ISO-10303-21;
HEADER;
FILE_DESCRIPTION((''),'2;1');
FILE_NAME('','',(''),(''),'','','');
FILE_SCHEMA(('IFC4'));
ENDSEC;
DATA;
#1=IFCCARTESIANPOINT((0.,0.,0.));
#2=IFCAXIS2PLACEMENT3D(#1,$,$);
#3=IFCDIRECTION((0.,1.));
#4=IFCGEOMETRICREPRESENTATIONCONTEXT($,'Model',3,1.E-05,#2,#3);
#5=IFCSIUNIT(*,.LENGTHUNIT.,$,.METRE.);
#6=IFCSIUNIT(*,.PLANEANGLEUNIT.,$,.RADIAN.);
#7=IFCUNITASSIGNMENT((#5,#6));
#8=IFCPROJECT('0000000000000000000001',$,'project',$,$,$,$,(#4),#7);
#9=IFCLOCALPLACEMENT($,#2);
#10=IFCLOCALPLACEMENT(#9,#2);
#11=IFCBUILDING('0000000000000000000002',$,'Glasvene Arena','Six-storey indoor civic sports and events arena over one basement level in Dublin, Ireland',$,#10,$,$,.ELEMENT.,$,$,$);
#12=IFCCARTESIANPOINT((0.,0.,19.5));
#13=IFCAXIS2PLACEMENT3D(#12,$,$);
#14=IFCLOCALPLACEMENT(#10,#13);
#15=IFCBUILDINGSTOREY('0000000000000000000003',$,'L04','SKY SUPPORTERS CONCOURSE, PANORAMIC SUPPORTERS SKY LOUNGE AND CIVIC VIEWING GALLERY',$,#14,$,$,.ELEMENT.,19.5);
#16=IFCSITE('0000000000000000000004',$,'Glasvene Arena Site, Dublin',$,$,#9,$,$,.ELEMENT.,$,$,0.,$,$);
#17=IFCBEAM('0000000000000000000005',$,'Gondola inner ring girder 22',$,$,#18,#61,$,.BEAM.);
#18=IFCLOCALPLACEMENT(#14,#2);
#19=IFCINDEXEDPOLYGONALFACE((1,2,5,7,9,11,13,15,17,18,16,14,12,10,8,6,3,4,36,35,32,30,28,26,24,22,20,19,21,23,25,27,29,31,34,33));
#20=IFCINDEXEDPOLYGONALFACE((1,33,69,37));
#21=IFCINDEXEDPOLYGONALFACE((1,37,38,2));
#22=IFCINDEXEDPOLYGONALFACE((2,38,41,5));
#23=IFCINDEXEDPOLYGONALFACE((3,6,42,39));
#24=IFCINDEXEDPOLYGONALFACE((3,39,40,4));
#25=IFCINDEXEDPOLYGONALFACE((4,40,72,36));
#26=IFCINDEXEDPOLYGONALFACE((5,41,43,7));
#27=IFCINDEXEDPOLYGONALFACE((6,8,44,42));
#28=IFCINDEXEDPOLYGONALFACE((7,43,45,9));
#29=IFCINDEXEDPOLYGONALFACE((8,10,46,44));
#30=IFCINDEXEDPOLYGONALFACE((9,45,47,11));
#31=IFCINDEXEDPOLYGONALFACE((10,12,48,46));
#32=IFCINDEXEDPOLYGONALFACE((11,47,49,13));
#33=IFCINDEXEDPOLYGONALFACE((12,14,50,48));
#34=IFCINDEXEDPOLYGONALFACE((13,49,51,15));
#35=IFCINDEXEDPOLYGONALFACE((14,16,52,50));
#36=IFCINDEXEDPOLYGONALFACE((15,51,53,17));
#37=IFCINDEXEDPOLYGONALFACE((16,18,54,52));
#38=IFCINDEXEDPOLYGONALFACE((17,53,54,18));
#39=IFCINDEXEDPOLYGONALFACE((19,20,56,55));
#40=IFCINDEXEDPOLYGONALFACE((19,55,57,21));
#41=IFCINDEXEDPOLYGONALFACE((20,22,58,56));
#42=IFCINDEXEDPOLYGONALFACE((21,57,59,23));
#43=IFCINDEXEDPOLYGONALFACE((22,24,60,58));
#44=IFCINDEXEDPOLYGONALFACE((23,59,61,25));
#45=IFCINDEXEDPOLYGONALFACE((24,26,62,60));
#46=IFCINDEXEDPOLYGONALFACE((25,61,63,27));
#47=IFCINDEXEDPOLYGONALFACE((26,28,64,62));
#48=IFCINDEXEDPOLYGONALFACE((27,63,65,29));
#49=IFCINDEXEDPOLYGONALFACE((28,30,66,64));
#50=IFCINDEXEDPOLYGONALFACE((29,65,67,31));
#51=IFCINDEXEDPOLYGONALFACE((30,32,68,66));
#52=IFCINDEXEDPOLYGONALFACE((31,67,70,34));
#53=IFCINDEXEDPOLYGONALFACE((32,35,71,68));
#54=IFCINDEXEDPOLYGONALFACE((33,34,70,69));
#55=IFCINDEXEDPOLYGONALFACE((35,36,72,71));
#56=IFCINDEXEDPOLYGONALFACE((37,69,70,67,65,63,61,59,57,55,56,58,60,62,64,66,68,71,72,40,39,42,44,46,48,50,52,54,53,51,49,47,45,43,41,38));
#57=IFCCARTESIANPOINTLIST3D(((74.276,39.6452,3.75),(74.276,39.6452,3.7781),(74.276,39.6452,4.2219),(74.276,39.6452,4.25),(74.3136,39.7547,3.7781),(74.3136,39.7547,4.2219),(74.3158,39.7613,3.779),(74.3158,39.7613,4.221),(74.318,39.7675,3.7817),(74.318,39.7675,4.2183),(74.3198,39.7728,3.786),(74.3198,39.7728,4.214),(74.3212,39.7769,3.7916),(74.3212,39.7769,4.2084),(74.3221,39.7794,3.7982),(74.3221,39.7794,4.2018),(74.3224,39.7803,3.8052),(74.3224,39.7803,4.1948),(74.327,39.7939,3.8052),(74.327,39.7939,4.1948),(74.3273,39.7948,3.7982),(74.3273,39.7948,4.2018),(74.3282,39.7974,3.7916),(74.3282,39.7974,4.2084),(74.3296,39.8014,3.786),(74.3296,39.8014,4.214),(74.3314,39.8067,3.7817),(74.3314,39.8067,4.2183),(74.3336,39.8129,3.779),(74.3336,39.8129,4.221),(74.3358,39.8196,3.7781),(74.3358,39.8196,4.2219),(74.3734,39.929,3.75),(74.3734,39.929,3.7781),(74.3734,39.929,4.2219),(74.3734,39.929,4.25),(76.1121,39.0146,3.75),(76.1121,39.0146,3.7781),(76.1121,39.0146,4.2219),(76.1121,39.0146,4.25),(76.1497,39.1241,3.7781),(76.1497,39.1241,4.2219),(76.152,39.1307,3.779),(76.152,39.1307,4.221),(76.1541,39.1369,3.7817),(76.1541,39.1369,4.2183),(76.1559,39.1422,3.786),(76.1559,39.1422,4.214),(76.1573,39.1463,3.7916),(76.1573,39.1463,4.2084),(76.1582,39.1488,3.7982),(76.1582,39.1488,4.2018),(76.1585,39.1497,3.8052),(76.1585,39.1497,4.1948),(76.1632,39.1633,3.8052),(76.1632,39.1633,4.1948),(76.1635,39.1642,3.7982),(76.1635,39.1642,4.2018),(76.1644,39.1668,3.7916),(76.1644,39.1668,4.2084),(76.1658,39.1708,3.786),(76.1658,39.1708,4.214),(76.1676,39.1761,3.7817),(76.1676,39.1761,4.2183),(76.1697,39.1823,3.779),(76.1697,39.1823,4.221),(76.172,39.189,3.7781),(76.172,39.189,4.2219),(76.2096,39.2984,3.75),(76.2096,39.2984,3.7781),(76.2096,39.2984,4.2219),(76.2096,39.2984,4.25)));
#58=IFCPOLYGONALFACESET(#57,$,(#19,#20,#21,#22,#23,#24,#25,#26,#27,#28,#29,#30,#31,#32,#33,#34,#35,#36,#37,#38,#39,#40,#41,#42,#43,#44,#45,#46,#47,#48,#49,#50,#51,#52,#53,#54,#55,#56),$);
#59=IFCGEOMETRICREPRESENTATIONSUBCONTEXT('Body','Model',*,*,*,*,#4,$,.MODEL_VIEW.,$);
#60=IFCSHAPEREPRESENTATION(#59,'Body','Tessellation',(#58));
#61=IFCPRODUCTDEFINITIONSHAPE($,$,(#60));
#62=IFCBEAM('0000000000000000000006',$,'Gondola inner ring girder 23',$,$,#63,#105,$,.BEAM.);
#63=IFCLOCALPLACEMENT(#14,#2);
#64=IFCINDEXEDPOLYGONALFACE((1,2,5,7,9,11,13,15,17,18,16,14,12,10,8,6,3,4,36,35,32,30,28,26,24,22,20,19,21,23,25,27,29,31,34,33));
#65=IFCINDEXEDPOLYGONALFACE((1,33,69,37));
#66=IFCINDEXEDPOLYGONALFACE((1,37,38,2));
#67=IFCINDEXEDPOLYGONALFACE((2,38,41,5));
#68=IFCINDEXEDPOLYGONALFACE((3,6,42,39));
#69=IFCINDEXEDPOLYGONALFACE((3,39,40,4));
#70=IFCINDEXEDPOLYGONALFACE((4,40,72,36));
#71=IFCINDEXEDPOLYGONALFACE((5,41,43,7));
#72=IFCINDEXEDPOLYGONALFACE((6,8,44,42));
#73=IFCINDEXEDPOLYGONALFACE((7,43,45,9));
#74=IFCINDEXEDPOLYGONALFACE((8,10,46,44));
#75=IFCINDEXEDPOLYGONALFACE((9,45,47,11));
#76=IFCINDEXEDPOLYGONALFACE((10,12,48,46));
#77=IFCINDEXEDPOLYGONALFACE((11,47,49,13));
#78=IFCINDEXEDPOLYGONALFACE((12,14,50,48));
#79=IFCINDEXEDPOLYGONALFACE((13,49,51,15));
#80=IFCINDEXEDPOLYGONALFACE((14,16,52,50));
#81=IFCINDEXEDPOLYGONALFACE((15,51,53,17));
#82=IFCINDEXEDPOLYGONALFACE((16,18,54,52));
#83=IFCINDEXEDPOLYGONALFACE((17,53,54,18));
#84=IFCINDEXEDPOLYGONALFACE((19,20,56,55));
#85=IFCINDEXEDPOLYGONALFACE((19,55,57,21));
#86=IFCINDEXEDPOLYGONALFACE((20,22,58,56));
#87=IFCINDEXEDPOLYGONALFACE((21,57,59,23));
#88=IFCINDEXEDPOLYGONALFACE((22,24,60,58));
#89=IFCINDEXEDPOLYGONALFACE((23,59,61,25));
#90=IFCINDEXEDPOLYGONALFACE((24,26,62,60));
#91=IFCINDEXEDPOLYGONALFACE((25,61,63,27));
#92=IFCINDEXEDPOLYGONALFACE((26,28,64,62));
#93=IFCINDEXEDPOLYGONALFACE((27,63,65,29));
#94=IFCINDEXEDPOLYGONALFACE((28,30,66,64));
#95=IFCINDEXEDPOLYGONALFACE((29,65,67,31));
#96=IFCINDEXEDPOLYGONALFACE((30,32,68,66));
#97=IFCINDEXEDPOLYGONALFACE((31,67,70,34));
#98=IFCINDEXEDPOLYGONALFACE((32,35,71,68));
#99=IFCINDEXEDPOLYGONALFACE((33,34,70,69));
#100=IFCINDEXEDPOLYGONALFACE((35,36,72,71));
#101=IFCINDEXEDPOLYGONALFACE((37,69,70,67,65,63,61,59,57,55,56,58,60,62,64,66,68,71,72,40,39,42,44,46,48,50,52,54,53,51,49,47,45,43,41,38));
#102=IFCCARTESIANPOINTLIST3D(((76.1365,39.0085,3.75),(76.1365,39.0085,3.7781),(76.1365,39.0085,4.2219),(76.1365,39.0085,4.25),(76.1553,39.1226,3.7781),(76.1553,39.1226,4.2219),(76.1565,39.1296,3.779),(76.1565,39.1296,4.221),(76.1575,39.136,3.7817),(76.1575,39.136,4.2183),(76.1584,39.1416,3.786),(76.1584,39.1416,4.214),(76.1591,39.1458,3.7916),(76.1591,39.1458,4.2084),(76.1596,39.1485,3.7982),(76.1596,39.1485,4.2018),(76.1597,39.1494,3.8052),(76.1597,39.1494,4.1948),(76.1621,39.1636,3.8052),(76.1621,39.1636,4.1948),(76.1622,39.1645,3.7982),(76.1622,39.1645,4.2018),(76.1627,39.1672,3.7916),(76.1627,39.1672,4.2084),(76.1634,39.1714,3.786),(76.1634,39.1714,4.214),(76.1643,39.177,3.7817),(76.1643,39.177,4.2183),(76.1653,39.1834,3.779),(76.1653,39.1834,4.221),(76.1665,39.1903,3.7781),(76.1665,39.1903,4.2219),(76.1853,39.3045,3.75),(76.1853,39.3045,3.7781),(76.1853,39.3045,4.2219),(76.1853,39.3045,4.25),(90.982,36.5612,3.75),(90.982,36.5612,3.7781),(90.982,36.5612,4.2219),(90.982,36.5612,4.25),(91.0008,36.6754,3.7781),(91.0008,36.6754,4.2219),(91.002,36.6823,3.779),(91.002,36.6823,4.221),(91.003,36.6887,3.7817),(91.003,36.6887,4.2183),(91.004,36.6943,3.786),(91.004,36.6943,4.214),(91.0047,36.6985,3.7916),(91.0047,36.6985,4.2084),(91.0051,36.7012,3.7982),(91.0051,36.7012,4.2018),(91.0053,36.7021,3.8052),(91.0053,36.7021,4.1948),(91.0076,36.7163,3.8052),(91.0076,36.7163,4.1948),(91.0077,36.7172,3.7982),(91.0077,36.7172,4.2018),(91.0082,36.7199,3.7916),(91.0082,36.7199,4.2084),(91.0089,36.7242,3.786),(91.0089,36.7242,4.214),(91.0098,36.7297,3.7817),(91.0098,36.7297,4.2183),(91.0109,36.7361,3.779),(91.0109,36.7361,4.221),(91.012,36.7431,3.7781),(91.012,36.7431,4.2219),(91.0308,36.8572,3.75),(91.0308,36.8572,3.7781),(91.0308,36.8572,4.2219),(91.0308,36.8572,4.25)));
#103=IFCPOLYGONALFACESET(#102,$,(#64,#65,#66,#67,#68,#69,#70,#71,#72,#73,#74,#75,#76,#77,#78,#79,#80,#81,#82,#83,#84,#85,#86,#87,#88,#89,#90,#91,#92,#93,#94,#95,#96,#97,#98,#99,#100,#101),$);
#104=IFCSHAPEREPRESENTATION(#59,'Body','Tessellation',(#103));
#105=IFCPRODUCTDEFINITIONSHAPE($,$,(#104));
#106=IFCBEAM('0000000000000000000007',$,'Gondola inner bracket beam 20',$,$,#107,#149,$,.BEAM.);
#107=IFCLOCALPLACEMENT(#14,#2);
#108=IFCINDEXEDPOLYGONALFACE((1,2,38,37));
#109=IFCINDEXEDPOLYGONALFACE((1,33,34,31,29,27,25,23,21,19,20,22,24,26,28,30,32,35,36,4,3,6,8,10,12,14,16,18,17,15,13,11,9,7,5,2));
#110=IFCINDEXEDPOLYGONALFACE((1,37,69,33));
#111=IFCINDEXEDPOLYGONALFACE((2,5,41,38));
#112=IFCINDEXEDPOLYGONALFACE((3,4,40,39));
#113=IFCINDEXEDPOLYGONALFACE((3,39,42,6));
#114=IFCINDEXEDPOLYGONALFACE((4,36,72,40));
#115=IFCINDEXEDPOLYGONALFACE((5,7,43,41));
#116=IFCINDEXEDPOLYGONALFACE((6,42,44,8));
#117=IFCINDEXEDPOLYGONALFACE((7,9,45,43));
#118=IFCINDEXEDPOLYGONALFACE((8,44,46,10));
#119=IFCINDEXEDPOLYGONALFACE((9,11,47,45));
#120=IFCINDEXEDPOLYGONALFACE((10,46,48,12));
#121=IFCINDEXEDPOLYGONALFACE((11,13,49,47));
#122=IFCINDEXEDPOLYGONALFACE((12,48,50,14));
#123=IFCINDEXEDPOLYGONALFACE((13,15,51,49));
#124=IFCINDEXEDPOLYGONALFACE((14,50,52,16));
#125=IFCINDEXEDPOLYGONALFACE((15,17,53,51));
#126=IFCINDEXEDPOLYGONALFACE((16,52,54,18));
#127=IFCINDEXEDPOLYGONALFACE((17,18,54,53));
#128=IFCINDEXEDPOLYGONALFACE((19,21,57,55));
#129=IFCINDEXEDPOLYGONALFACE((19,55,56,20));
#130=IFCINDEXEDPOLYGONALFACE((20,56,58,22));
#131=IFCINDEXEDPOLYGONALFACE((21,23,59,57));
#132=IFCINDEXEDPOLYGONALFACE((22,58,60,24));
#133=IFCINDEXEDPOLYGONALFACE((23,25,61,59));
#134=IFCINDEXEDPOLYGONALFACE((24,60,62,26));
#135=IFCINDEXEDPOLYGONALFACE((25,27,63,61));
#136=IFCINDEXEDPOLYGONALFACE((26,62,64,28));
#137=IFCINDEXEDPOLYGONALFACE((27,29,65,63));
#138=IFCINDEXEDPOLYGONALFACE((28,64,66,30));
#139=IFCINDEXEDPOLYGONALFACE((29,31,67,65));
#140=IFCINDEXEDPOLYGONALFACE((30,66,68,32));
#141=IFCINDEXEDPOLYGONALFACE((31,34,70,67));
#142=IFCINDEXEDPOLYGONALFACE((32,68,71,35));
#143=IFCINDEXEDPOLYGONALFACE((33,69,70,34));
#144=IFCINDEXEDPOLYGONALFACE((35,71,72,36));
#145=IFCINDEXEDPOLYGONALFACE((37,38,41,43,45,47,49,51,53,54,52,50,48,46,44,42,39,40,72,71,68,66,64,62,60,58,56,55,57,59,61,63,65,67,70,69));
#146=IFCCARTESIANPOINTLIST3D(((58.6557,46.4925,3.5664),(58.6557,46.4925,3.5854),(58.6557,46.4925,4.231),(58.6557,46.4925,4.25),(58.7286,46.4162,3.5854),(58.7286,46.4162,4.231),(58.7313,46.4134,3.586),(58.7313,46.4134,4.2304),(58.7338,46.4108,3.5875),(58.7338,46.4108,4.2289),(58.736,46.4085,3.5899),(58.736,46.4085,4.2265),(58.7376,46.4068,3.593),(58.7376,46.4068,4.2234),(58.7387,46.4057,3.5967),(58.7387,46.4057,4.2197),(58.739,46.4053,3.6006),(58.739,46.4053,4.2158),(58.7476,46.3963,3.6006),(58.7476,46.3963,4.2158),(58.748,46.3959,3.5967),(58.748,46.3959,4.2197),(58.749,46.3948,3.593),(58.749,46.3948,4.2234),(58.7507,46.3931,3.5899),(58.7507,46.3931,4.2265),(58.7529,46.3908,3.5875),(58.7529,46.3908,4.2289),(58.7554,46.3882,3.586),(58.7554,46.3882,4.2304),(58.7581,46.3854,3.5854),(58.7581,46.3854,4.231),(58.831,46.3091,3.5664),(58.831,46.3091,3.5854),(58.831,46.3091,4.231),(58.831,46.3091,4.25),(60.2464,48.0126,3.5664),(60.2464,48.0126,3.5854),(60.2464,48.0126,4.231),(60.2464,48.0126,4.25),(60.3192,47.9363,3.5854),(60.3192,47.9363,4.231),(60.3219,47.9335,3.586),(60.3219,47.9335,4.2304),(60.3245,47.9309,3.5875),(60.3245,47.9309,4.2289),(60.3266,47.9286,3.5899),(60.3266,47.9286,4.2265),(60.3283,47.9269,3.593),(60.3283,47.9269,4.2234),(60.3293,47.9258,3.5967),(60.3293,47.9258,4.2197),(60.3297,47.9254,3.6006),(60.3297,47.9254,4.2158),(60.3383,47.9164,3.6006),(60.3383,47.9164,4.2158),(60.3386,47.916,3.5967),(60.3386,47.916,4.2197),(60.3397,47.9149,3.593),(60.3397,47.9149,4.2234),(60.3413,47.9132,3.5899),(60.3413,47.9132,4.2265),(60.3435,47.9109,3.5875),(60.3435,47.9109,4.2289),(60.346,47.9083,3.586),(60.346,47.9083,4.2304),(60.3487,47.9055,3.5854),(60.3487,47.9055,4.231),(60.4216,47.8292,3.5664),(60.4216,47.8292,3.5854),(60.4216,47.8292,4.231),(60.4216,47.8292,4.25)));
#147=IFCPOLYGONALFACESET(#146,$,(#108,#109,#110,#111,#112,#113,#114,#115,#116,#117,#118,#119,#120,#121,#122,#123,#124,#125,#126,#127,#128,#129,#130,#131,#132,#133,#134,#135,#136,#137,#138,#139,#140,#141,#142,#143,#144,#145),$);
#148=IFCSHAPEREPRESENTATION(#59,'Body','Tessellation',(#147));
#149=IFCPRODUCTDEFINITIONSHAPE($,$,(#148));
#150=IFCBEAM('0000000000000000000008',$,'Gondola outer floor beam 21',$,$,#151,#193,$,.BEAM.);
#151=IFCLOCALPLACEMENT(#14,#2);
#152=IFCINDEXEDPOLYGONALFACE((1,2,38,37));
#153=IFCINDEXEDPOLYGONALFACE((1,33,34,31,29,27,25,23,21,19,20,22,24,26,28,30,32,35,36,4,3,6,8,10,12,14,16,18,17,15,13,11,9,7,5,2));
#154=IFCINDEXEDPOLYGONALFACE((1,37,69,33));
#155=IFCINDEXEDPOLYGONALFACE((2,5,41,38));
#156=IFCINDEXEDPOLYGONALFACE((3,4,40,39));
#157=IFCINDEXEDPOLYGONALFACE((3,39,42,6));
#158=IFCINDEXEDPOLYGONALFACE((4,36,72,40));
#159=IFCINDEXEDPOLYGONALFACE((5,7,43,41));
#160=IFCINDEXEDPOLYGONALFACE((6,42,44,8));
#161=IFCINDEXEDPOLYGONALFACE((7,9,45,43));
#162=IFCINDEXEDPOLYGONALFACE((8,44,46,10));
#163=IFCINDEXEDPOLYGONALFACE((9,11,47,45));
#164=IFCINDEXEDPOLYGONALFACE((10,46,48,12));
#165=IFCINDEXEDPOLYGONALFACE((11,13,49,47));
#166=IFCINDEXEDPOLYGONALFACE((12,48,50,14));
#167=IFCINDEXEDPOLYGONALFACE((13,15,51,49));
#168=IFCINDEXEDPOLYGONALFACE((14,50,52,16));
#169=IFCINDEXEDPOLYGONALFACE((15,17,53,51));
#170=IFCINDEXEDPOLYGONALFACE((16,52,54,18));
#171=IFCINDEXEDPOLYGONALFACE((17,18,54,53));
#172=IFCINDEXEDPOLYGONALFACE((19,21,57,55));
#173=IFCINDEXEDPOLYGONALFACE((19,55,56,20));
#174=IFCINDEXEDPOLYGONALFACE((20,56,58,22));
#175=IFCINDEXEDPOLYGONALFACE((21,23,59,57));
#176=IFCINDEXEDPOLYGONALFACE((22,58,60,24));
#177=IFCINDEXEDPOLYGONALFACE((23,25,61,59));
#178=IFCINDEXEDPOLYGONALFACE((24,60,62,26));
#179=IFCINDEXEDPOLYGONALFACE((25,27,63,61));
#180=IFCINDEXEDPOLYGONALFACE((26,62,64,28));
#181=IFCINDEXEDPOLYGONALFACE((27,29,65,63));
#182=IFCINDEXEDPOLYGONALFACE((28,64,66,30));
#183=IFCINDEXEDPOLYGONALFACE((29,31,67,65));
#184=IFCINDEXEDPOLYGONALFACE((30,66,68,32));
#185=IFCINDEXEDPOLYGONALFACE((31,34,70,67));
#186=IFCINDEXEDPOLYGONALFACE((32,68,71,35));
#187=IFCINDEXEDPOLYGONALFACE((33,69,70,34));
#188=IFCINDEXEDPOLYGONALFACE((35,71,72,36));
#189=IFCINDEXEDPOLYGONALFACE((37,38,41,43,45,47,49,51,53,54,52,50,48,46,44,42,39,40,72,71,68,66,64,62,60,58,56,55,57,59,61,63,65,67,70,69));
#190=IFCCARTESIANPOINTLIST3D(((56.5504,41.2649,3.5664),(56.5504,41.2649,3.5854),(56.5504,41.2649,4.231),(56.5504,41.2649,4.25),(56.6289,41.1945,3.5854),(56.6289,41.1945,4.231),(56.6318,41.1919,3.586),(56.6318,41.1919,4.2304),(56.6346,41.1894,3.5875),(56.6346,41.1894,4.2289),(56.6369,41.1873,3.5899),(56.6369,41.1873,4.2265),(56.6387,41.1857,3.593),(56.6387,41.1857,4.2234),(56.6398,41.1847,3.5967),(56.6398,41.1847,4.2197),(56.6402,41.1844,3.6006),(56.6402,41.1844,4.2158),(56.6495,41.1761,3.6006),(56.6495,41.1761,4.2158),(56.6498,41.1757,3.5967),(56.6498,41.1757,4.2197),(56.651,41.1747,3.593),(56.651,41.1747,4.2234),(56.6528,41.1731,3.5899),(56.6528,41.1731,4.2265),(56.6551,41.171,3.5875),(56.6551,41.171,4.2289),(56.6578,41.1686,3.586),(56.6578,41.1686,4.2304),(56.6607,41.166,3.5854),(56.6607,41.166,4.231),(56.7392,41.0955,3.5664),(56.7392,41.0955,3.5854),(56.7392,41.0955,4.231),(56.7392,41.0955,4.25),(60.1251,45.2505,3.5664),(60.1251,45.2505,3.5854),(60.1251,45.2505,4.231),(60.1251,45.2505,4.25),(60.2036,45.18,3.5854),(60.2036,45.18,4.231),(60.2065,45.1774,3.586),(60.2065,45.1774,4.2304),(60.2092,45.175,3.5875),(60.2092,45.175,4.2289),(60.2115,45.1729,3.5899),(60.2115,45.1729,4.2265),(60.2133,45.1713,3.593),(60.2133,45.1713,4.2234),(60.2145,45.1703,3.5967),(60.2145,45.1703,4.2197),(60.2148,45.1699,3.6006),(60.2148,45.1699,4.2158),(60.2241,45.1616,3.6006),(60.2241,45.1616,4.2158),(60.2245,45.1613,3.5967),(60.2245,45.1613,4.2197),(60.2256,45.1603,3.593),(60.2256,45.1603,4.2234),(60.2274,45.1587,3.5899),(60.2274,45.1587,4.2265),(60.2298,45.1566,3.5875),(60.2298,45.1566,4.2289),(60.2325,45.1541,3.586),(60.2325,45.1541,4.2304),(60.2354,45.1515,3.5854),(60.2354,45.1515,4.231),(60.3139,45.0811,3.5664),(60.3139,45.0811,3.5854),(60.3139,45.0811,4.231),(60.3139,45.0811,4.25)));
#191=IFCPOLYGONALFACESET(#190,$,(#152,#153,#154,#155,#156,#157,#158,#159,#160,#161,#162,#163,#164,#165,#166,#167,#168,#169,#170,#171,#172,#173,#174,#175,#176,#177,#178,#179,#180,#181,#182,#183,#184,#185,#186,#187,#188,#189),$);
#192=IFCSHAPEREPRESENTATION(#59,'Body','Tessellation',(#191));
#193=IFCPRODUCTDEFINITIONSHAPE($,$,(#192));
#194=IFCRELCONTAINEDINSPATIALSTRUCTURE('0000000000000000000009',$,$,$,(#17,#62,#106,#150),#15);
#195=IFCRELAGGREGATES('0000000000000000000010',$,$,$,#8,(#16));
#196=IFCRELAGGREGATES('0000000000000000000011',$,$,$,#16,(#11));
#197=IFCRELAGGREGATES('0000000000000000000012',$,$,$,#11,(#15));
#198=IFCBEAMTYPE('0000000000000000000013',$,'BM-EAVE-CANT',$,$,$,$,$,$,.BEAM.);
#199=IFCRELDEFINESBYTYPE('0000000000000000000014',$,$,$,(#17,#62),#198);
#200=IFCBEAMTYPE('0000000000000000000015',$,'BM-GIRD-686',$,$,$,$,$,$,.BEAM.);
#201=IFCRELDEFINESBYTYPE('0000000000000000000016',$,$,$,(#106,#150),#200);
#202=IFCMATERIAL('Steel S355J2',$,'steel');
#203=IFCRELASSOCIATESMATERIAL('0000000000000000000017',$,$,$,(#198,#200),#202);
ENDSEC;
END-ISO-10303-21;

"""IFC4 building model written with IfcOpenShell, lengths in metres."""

from ifc_helpers import new_model, si_unit, direction, frame, origin, origin_2d, place, context, subcontext, project, spatial, i_section, extrude, material, material_profile, profile_set, type_object, element, save


model = new_model("IFC4")

# Units and contexts
model_context = context("Model", 3, precision=1e-05, world=origin(), true_north=direction((0.0, 1.0)))
body_context = subcontext(model_context, "Body", "Model", "MODEL_VIEW")
ifc_project = project(units=[si_unit("LENGTHUNIT", "METRE"), si_unit("PLANEANGLEUNIT", "RADIAN")], contexts=[model_context])

# Site, building, storey
site_placement = place(None, origin())
site = spatial("IfcSite", under=ifc_project, at=site_placement, Name="Glasvene Arena Site, Dublin", CompositionType="ELEMENT", RefElevation=0.0)
building_placement = place(site_placement, origin())
building = spatial("IfcBuilding", under=site, at=building_placement, Name="Glasvene Arena", Description="Six-storey indoor civic sports and events arena over one basement level in Dublin, Ireland", CompositionType="ELEMENT")
storey_placement = place(building_placement, frame((0.0, 0.0, 19.5)))
storey = spatial("IfcBuildingStorey", under=building, at=storey_placement, Name="L04", Description="SKY SUPPORTERS CONCOURSE, PANORAMIC SUPPORTERS SKY LOUNGE AND CIVIC VIEWING GALLERY", CompositionType="ELEMENT", Elevation=19.5)

# Shared definitions
ifc_material_1 = material(Name="Steel S355J2", Category="steel")

# Beams
ifc_material_profile_1 = material_profile(ifc_material_1, i_section(OverallWidth=0.3, OverallDepth=0.5, WebThickness=0.0144, FlangeThickness=0.0281, FilletRadius=0.0271, at=origin_2d()), Name="HEB 500")
ifc_profile_set_1 = profile_set([ifc_material_profile_1], Name="Steel S355J2")
beam_type_1 = type_object("IfcBeamType", Name="BM-EAVE-CANT", PredefinedType="BEAM", material=ifc_profile_set_1)
beam_1_placement = place(storey_placement, frame((74.3247, 39.7871, 4.0), z_axis=(0.945777, -0.324816, 0.0), x_axis=(0.324816, 0.945777, 0.0)))
element("IfcBeam", 1, at=beam_1_placement, inside=storey, type_object=beam_type_1, Name="Gondola inner ring girder 22", PredefinedType="BEAM", context=body_context, shape_type="SweptSolid", body=[
    extrude(i_section(OverallWidth=0.3, OverallDepth=0.5, WebThickness=0.0144, FlangeThickness=0.0281, FilletRadius=0.0271, at=origin_2d()), origin(), (0.0, 0.0, 1.0), 1.9414),
])
beam_2_placement = place(storey_placement, frame((76.1609, 39.1565, 4.0), z_axis=(0.986683, -0.162654, 0.0), x_axis=(0.162654, 0.986683, 0.0)))
element("IfcBeam", 2, at=beam_2_placement, inside=storey, type_object=beam_type_1, Name="Gondola inner ring girder 23", PredefinedType="BEAM", context=body_context, shape_type="SweptSolid", body=[
    extrude(i_section(OverallWidth=0.3, OverallDepth=0.5, WebThickness=0.0144, FlangeThickness=0.0281, FilletRadius=0.0271, at=origin_2d()), origin(), (0.0, 0.0, 1.0), 15.0459),
])
ifc_material_profile_2 = material_profile(ifc_material_1, i_section(OverallWidth=0.2537, OverallDepth=0.6836, WebThickness=0.0125, FlangeThickness=0.019, FilletRadius=0.0151, at=origin_2d()), Name="UKB 686x254x140")
ifc_profile_set_2 = profile_set([ifc_material_profile_2], Name="Steel S355J2")
beam_type_2 = type_object("IfcBeamType", Name="BM-GIRD-686", PredefinedType="BEAM", material=ifc_profile_set_2)
beam_3_placement = place(storey_placement, frame((60.334, 47.9209, 3.9082), z_axis=(-0.72296, -0.69089, 0.0), x_axis=(0.69089, -0.72296, 0.0)))
element("IfcBeam", 3, at=beam_3_placement, inside=storey, type_object=beam_type_2, Name="Gondola inner bracket beam 20", PredefinedType="BEAM", context=body_context, shape_type="SweptSolid", body=[
    extrude(i_section(OverallWidth=0.2537, OverallDepth=0.6836, WebThickness=0.0125, FlangeThickness=0.019, FilletRadius=0.0151, at=origin_2d()), origin(), (0.0, 0.0, 1.0), 2.2002),
])
beam_4_placement = place(storey_placement, frame((60.2195, 45.1658, 3.9082), z_axis=(-0.667691, -0.744438, 0.0), x_axis=(0.744438, -0.667691, 0.0)))
element("IfcBeam", 4, at=beam_4_placement, inside=storey, type_object=beam_type_2, Name="Gondola outer floor beam 21", PredefinedType="BEAM", context=body_context, shape_type="SweptSolid", body=[
    extrude(i_section(OverallWidth=0.2537, OverallDepth=0.6836, WebThickness=0.0125, FlangeThickness=0.019, FilletRadius=0.0151, at=origin_2d()), origin(), (0.0, 0.0, 1.0), 5.3538),
])

save(model, "model.ifc")
